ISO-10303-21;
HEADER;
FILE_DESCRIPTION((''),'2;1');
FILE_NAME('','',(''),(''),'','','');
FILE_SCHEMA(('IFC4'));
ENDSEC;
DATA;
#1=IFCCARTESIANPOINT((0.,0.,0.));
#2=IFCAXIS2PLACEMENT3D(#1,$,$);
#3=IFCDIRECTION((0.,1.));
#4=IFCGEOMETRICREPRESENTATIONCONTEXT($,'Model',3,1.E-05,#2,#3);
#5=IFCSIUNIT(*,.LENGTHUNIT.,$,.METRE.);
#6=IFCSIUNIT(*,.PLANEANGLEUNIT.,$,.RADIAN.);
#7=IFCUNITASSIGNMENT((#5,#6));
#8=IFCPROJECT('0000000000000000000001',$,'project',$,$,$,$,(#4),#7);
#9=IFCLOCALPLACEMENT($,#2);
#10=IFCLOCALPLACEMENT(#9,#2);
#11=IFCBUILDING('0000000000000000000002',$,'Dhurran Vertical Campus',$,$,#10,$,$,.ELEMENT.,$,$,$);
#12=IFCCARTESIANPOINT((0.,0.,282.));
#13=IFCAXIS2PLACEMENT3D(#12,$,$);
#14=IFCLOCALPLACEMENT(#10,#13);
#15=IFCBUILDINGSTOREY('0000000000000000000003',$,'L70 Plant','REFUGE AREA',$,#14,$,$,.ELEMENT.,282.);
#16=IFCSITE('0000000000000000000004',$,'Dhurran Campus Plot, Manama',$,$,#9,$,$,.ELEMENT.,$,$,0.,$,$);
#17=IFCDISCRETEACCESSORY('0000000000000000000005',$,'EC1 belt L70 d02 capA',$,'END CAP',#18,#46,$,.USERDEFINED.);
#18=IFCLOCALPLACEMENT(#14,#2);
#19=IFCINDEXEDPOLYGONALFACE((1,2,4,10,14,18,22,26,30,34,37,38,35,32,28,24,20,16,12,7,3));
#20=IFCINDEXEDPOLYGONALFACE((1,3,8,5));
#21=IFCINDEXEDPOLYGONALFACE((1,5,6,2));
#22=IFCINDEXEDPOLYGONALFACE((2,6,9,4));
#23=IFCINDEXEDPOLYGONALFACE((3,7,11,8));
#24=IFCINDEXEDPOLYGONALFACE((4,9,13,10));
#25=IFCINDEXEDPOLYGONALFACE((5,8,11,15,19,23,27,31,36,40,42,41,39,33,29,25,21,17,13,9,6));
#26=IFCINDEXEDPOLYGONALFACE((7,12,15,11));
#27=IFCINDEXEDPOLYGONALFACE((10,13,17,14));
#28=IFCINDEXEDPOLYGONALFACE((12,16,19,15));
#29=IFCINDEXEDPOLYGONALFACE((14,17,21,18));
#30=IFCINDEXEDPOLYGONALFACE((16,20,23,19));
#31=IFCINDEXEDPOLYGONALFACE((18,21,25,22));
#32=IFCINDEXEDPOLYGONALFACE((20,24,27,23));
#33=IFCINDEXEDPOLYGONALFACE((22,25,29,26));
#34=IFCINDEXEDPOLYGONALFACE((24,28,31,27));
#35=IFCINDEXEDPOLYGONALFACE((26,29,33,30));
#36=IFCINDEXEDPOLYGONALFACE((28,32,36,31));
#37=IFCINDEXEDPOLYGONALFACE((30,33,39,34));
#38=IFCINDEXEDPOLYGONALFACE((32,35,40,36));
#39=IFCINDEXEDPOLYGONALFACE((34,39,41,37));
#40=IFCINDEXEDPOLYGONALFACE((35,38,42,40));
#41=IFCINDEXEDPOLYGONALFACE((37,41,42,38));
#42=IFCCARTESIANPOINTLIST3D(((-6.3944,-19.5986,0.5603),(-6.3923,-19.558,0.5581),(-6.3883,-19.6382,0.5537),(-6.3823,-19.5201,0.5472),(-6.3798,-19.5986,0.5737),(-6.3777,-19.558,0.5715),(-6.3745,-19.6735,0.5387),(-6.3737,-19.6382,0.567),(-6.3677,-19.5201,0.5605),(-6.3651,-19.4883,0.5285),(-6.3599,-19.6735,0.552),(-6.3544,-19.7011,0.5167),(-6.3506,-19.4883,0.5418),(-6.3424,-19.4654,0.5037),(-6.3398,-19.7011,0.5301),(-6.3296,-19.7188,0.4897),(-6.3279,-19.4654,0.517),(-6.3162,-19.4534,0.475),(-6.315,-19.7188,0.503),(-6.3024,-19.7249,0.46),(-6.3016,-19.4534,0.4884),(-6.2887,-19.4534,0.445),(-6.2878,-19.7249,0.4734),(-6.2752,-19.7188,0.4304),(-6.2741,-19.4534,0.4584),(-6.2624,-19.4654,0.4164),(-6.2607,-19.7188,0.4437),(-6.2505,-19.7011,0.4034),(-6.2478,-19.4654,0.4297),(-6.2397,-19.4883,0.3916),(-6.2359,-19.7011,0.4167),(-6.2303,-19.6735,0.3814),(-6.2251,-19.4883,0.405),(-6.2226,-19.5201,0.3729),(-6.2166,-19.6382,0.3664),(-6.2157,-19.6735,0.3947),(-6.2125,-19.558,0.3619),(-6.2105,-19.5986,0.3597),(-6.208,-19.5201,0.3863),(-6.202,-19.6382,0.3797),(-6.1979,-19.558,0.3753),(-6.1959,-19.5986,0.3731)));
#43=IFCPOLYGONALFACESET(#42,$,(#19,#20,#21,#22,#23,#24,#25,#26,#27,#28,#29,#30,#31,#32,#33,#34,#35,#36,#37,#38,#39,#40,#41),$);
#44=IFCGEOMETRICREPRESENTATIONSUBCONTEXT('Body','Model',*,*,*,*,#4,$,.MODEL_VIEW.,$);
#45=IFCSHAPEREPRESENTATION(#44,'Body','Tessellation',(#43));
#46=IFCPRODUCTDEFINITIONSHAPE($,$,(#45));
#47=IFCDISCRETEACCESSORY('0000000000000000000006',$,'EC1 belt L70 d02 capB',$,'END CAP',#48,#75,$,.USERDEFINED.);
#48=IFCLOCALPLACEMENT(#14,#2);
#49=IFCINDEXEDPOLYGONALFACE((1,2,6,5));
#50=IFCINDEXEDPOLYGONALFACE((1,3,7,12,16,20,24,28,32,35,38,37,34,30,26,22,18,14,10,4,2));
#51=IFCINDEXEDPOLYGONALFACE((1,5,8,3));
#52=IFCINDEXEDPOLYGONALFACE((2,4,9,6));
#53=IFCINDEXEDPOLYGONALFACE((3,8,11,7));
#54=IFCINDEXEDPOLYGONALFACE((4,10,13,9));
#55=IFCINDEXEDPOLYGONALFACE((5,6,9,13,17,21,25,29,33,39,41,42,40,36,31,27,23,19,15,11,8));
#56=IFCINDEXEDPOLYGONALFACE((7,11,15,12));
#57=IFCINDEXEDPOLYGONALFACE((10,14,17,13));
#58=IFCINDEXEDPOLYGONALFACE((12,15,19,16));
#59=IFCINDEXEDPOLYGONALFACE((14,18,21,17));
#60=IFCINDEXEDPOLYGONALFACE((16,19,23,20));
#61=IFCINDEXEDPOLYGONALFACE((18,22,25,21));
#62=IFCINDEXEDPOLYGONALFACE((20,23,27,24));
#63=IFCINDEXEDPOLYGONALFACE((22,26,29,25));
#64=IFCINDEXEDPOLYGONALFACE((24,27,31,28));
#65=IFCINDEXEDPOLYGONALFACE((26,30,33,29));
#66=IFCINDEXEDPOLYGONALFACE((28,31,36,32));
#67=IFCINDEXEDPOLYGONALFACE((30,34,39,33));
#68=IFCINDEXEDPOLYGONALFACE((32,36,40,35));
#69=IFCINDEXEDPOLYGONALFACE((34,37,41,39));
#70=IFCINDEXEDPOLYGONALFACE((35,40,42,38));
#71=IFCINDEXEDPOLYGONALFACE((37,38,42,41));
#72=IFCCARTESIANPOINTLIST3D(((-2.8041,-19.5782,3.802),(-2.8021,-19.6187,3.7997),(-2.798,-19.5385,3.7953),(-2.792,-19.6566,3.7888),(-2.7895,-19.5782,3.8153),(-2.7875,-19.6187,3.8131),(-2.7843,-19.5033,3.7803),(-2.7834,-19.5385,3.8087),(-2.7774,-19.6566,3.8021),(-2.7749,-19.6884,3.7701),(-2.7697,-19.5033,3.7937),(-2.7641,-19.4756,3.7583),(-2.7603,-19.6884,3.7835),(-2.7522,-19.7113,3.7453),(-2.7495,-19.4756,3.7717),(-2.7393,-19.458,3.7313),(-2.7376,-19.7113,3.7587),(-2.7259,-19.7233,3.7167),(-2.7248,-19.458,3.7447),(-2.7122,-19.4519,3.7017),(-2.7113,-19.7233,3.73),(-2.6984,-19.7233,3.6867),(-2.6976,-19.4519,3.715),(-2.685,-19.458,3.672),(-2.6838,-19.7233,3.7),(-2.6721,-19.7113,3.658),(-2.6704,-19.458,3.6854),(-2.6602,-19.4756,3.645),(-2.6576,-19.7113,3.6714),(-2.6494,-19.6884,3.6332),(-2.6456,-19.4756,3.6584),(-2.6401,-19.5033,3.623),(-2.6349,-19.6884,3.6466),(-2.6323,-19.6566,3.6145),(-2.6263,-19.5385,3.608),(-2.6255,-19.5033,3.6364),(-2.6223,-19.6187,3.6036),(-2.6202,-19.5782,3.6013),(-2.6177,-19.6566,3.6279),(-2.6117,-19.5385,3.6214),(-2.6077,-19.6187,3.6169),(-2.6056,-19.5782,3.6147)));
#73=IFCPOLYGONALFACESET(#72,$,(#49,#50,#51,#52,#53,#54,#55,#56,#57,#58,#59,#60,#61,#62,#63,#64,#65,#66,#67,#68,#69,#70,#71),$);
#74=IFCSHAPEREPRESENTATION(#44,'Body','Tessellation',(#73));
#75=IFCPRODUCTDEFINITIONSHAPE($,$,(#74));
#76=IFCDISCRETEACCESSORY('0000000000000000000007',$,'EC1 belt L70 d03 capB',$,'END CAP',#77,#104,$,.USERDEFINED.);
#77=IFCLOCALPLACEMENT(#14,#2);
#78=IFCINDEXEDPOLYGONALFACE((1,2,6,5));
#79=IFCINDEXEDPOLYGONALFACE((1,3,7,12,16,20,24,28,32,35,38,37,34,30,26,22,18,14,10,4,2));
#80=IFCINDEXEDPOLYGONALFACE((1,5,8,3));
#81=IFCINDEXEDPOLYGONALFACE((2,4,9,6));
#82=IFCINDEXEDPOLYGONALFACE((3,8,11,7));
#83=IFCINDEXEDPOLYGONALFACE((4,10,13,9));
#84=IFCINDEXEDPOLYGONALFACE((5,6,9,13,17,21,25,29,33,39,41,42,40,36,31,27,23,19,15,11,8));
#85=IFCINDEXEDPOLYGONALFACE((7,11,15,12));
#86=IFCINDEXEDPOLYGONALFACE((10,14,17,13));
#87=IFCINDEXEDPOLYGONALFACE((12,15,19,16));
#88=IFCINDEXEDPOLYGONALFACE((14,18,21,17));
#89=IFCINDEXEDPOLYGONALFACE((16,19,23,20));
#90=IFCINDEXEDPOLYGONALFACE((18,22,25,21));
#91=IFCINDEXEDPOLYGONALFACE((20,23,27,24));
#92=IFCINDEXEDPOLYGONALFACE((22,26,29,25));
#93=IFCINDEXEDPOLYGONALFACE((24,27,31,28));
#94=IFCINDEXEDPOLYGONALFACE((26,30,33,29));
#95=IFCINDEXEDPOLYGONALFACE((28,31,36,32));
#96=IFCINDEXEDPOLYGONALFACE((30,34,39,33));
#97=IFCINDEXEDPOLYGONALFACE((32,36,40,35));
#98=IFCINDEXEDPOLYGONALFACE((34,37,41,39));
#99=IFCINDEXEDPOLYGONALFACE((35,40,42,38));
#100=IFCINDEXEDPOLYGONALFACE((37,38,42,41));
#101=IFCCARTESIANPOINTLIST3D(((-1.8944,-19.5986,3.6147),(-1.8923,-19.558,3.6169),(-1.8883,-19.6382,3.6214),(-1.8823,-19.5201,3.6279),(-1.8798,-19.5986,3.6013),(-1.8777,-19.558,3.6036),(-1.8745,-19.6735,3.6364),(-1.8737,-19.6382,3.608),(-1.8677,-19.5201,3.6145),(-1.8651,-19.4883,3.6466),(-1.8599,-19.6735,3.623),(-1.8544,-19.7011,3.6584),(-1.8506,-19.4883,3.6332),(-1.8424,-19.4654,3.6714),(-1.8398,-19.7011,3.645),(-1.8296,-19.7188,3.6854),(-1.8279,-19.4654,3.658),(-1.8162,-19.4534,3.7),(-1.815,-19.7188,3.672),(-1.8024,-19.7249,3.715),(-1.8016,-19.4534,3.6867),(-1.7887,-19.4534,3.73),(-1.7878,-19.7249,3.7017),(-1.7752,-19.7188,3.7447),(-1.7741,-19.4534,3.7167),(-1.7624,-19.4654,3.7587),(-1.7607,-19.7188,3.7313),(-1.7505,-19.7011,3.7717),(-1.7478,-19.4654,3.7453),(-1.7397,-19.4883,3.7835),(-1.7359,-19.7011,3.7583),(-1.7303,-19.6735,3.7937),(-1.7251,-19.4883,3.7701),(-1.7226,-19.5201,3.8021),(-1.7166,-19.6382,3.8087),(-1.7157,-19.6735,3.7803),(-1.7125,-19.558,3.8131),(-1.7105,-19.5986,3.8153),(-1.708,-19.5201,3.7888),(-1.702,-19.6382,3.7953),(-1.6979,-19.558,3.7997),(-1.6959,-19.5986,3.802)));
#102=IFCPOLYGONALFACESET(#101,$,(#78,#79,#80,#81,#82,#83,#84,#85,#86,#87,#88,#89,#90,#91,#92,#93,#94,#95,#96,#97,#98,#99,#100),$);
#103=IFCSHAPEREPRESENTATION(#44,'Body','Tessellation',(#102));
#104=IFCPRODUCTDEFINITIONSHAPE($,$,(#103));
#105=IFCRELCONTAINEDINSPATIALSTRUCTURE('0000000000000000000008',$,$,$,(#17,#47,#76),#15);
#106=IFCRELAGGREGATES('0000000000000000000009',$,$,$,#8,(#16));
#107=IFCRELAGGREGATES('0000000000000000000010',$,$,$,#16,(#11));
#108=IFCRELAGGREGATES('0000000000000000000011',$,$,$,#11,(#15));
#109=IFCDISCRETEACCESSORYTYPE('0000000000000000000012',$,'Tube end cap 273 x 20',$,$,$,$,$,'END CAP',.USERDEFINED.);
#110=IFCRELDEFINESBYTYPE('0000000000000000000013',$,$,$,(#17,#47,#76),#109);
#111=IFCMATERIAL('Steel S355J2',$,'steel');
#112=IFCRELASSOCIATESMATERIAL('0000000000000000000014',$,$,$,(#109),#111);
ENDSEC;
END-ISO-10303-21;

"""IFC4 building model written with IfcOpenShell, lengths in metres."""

from ifc_helpers import new_model, si_unit, direction, frame, origin, origin_2d, place, context, subcontext, project, spatial, circle, extrude, material, material_profile, profile_set, type_object, element, save


model = new_model("IFC4")

# Units and contexts
model_context = context("Model", 3, precision=1e-05, world=origin(), true_north=direction((0.0, 1.0)))
body_context = subcontext(model_context, "Body", "Model", "MODEL_VIEW")
ifc_project = project(units=[si_unit("LENGTHUNIT", "METRE"), si_unit("PLANEANGLEUNIT", "RADIAN")], contexts=[model_context])

# Site, building, storey
site_placement = place(None, origin())
site = spatial("IfcSite", under=ifc_project, at=site_placement, Name="Dhurran Campus Plot, Manama", CompositionType="ELEMENT", RefElevation=0.0)
building_placement = place(site_placement, origin())
building = spatial("IfcBuilding", under=site, at=building_placement, Name="Dhurran Vertical Campus", CompositionType="ELEMENT")
storey_placement = place(building_placement, frame((0.0, 0.0, 282.0)))
storey = spatial("IfcBuildingStorey", under=building, at=storey_placement, Name="L70 Plant", Description="REFUGE AREA", CompositionType="ELEMENT", Elevation=282.0)

# Discrete accessories
ifc_material_1 = material(Name="Steel S355J2", Category="steel")
ifc_material_profile_1 = material_profile(ifc_material_1, circle(Radius=0.1365, at=origin_2d()), Name="Tube end cap 273 x 20")
ifc_profile_set_1 = profile_set([ifc_material_profile_1], Name="Steel S355J2")
discrete_accessory_type = type_object("IfcDiscreteAccessoryType", Name="Tube end cap 273 x 20", ElementType="END CAP", PredefinedType="USERDEFINED", material=ifc_profile_set_1)
for number, where, z_axis, x_axis, name in (
    (1, (-6.2878, -19.5884, 0.4734), (-0.737154, 0.0, -0.675725), (0.0, -1.0, 0.0), "EC1 belt L70 d02 capA"),
    (2, (-2.7122, -19.5884, 3.7017), (0.737154, 0.0, 0.675725), (0.0, 1.0, 0.0), "EC1 belt L70 d02 capB"),
    (3, (-1.7878, -19.5884, 3.7017), (-0.737154, 0.0, 0.675725), (0.0, -1.0, 0.0), "EC1 belt L70 d03 capB"),
):
    element("IfcDiscreteAccessory", number, at=place(storey_placement, frame(where, z_axis=z_axis, x_axis=x_axis)), inside=storey, type_object=discrete_accessory_type, Name=name, ObjectType="END CAP", PredefinedType="USERDEFINED", context=body_context, shape_type="SweptSolid", body=[
        extrude(circle(Radius=0.1365, at=origin_2d()), origin(), (0.0, 0.0, 1.0), 0.0198),
    ])

save(model, "model.ifc")
